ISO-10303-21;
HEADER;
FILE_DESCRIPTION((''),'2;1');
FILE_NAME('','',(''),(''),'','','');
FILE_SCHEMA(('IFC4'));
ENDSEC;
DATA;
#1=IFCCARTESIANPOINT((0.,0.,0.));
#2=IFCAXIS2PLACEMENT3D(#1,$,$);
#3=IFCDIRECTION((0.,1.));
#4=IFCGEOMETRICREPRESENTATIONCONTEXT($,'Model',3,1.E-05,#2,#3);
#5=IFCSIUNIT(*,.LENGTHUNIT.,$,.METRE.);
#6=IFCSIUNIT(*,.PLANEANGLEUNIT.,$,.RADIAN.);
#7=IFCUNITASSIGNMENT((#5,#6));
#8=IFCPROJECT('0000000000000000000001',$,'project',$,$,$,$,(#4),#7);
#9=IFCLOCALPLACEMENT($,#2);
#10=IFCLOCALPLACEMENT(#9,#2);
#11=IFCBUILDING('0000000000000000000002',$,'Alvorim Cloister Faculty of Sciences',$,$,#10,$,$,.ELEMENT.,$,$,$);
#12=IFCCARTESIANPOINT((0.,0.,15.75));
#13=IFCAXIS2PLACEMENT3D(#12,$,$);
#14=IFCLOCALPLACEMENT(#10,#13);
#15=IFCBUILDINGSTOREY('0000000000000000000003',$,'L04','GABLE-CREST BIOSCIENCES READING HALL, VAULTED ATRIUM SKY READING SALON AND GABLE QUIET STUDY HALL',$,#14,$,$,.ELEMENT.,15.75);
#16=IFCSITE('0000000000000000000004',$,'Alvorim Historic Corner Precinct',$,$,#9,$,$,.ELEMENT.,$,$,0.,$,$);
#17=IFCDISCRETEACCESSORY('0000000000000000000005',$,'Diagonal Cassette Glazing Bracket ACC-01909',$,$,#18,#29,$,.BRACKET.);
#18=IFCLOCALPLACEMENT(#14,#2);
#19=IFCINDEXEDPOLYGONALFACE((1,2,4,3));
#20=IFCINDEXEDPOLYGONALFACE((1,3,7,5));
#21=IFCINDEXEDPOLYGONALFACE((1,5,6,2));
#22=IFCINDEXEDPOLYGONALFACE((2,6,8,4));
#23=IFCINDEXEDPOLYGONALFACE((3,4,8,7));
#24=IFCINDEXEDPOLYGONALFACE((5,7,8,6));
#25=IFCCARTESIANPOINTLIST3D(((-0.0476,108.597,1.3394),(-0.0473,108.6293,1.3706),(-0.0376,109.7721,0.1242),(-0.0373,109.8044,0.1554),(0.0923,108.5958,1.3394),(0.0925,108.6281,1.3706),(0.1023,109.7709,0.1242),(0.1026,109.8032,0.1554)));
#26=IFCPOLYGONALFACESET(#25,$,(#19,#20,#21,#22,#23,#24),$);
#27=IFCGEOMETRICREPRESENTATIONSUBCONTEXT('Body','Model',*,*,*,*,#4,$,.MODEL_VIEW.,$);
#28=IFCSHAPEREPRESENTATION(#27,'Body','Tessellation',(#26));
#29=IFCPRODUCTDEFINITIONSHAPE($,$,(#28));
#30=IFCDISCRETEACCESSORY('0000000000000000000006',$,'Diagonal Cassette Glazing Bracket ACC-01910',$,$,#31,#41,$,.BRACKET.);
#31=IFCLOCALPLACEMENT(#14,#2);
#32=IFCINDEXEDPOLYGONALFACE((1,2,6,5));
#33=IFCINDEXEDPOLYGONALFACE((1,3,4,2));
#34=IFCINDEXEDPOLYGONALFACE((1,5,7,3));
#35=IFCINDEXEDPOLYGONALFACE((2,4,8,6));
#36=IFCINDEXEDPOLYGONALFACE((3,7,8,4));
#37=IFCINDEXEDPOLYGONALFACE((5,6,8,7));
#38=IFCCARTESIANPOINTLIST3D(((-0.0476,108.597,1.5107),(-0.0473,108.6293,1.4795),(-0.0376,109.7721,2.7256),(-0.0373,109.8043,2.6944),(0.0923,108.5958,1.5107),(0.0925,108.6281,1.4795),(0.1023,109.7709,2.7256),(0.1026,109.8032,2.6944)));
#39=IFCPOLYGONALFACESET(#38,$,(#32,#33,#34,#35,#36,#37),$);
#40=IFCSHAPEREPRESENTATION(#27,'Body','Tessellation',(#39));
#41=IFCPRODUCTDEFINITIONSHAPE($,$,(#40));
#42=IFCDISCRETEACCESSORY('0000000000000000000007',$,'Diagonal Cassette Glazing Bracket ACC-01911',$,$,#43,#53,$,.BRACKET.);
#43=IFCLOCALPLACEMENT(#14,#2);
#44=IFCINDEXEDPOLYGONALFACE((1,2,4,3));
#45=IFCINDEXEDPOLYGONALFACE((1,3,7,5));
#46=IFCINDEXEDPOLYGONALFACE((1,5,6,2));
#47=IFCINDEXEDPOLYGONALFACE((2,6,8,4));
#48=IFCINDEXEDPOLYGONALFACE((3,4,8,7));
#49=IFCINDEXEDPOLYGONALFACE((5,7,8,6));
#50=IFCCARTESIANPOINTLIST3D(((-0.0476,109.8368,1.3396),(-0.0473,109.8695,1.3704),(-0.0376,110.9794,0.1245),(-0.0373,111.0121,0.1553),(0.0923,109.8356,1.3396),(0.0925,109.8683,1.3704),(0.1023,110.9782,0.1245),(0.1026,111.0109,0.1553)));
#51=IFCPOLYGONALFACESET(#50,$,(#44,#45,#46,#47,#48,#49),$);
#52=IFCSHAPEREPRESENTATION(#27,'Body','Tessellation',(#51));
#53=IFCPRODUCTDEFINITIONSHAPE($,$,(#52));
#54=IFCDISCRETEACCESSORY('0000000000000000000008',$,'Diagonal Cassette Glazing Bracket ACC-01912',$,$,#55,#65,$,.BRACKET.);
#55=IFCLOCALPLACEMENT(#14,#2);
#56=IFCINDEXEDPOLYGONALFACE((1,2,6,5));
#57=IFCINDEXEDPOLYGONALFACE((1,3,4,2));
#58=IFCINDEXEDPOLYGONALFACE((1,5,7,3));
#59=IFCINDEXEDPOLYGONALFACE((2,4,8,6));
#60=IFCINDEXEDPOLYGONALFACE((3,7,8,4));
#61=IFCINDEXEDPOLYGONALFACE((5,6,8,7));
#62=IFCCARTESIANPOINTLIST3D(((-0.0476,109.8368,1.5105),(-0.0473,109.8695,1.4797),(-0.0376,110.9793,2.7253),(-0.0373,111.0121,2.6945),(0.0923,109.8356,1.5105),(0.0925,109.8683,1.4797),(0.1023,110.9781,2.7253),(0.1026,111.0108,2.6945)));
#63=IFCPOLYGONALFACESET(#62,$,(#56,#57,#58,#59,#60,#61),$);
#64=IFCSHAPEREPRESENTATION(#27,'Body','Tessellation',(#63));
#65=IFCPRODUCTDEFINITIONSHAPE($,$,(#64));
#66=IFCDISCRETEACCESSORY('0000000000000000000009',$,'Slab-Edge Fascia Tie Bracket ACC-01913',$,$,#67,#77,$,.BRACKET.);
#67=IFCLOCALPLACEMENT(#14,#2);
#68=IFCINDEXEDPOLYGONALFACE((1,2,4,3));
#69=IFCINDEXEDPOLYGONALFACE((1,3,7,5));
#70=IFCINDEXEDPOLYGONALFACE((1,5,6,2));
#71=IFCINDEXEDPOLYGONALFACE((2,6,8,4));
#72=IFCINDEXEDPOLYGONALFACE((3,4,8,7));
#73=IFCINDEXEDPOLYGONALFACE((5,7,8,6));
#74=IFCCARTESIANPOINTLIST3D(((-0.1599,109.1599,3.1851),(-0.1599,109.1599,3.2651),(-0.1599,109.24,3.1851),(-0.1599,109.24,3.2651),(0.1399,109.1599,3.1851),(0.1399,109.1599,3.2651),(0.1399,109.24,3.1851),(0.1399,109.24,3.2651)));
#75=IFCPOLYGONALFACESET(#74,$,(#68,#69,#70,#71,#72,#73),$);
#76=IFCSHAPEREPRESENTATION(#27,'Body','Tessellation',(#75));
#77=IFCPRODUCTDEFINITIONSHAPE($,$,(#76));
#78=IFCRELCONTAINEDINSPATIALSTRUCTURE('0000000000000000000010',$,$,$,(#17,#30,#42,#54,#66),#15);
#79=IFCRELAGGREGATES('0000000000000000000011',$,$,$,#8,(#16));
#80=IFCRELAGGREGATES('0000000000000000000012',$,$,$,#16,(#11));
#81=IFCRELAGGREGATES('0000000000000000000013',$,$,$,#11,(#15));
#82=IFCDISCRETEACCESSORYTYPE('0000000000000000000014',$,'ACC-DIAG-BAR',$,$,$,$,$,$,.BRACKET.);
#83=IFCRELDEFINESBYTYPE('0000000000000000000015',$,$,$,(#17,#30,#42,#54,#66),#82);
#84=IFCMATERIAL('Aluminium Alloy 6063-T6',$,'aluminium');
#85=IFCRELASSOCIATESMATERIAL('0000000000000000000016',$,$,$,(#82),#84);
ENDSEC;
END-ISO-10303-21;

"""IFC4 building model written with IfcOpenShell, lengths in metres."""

from ifc_helpers import new_model, si_unit, direction, frame, origin, origin_2d, place, context, subcontext, project, spatial, rectangle, extrude, material, type_object, element, save


model = new_model("IFC4")

# Units and contexts
model_context = context("Model", 3, precision=1e-05, world=origin(), true_north=direction((0.0, 1.0)))
body_context = subcontext(model_context, "Body", "Model", "MODEL_VIEW")
ifc_project = project(units=[si_unit("LENGTHUNIT", "METRE"), si_unit("PLANEANGLEUNIT", "RADIAN")], contexts=[model_context])

# Site, building, storey
site_placement = place(None, origin())
site = spatial("IfcSite", under=ifc_project, at=site_placement, Name="Alvorim Historic Corner Precinct", CompositionType="ELEMENT", RefElevation=0.0)
building_placement = place(site_placement, origin())
building = spatial("IfcBuilding", under=site, at=building_placement, Name="Alvorim Cloister Faculty of Sciences", CompositionType="ELEMENT")
storey_placement = place(building_placement, frame((0.0, 0.0, 15.75)))
storey = spatial("IfcBuildingStorey", under=building, at=storey_placement, Name="L04", Description="GABLE-CREST BIOSCIENCES READING HALL, VAULTED ATRIUM SKY READING SALON AND GABLE QUIET STUDY HALL", CompositionType="ELEMENT", Elevation=15.75)

# Shared definitions
ifc_material_1 = material(Name="Aluminium Alloy 6063-T6", Category="aluminium")

# Discrete accessories
discrete_accessory_type = type_object("IfcDiscreteAccessoryType", Name="ACC-DIAG-BAR", PredefinedType="BRACKET", material=ifc_material_1)
discrete_accessory_1_placement = place(storey_placement, frame((0.0225, 108.6125, 1.355), z_axis=(0.005922, 0.695152, -0.718839), x_axis=(-0.999964, 0.008518, 0.0)))
element("IfcDiscreteAccessory", 1, at=discrete_accessory_1_placement, inside=storey, type_object=discrete_accessory_type, Name="Diagonal Cassette Glazing Bracket ACC-01909", PredefinedType="BRACKET", context=body_context, shape_type="SweptSolid", body=[
    extrude(rectangle(XDim=0.1399, YDim=0.0449, at=origin_2d()), origin(), (0.0, 0.0, 1.0), 1.6904),
])
discrete_accessory_2_placement = place(storey_placement, frame((0.0225, 108.6125, 1.4951), z_axis=(0.005922, 0.695224, 0.718769), x_axis=(-0.999964, 0.008518, 0.0)))
element("IfcDiscreteAccessory", 2, at=discrete_accessory_2_placement, inside=storey, type_object=discrete_accessory_type, Name="Diagonal Cassette Glazing Bracket ACC-01910", PredefinedType="BRACKET", context=body_context, shape_type="SweptSolid", body=[
    extrude(rectangle(XDim=0.1399, YDim=0.0449, at=origin_2d()), origin(), (0.0, 0.0, 1.0), 1.6902),
])
discrete_accessory_3_placement = place(storey_placement, frame((0.0225, 109.8525, 1.355), z_axis=(0.006001, 0.685024, -0.728496), x_axis=(-0.999962, 0.00876, 0.0)))
element("IfcDiscreteAccessory", 3, at=discrete_accessory_3_placement, inside=storey, type_object=discrete_accessory_type, Name="Diagonal Cassette Glazing Bracket ACC-01911", PredefinedType="BRACKET", context=body_context, shape_type="SweptSolid", body=[
    extrude(rectangle(XDim=0.1399, YDim=0.0449, at=origin_2d()), origin(), (0.0, 0.0, 1.0), 1.668),
])
discrete_accessory_4_placement = place(storey_placement, frame((0.0225, 109.8525, 1.4951), z_axis=(0.006002, 0.685097, 0.728427), x_axis=(-0.999962, 0.00876, 0.0)))
element("IfcDiscreteAccessory", 4, at=discrete_accessory_4_placement, inside=storey, type_object=discrete_accessory_type, Name="Diagonal Cassette Glazing Bracket ACC-01912", PredefinedType="BRACKET", context=body_context, shape_type="SweptSolid", body=[
    extrude(rectangle(XDim=0.1399, YDim=0.0449, at=origin_2d()), origin(), (0.0, 0.0, 1.0), 1.6677),
])
discrete_accessory_5_placement = place(storey_placement, frame((0.1399, 109.2, 3.2251), z_axis=(-1.0, 0.0, 0.0), x_axis=(0.0, -1.0, 0.0)))
element("IfcDiscreteAccessory", 5, at=discrete_accessory_5_placement, inside=storey, type_object=discrete_accessory_type, Name="Slab-Edge Fascia Tie Bracket ACC-01913", PredefinedType="BRACKET", context=body_context, shape_type="SweptSolid", body=[
    extrude(rectangle(XDim=0.0801, YDim=0.0801, at=origin_2d()), origin(), (0.0, 0.0, 1.0), 0.2998),
])

save(model, "model.ifc")
